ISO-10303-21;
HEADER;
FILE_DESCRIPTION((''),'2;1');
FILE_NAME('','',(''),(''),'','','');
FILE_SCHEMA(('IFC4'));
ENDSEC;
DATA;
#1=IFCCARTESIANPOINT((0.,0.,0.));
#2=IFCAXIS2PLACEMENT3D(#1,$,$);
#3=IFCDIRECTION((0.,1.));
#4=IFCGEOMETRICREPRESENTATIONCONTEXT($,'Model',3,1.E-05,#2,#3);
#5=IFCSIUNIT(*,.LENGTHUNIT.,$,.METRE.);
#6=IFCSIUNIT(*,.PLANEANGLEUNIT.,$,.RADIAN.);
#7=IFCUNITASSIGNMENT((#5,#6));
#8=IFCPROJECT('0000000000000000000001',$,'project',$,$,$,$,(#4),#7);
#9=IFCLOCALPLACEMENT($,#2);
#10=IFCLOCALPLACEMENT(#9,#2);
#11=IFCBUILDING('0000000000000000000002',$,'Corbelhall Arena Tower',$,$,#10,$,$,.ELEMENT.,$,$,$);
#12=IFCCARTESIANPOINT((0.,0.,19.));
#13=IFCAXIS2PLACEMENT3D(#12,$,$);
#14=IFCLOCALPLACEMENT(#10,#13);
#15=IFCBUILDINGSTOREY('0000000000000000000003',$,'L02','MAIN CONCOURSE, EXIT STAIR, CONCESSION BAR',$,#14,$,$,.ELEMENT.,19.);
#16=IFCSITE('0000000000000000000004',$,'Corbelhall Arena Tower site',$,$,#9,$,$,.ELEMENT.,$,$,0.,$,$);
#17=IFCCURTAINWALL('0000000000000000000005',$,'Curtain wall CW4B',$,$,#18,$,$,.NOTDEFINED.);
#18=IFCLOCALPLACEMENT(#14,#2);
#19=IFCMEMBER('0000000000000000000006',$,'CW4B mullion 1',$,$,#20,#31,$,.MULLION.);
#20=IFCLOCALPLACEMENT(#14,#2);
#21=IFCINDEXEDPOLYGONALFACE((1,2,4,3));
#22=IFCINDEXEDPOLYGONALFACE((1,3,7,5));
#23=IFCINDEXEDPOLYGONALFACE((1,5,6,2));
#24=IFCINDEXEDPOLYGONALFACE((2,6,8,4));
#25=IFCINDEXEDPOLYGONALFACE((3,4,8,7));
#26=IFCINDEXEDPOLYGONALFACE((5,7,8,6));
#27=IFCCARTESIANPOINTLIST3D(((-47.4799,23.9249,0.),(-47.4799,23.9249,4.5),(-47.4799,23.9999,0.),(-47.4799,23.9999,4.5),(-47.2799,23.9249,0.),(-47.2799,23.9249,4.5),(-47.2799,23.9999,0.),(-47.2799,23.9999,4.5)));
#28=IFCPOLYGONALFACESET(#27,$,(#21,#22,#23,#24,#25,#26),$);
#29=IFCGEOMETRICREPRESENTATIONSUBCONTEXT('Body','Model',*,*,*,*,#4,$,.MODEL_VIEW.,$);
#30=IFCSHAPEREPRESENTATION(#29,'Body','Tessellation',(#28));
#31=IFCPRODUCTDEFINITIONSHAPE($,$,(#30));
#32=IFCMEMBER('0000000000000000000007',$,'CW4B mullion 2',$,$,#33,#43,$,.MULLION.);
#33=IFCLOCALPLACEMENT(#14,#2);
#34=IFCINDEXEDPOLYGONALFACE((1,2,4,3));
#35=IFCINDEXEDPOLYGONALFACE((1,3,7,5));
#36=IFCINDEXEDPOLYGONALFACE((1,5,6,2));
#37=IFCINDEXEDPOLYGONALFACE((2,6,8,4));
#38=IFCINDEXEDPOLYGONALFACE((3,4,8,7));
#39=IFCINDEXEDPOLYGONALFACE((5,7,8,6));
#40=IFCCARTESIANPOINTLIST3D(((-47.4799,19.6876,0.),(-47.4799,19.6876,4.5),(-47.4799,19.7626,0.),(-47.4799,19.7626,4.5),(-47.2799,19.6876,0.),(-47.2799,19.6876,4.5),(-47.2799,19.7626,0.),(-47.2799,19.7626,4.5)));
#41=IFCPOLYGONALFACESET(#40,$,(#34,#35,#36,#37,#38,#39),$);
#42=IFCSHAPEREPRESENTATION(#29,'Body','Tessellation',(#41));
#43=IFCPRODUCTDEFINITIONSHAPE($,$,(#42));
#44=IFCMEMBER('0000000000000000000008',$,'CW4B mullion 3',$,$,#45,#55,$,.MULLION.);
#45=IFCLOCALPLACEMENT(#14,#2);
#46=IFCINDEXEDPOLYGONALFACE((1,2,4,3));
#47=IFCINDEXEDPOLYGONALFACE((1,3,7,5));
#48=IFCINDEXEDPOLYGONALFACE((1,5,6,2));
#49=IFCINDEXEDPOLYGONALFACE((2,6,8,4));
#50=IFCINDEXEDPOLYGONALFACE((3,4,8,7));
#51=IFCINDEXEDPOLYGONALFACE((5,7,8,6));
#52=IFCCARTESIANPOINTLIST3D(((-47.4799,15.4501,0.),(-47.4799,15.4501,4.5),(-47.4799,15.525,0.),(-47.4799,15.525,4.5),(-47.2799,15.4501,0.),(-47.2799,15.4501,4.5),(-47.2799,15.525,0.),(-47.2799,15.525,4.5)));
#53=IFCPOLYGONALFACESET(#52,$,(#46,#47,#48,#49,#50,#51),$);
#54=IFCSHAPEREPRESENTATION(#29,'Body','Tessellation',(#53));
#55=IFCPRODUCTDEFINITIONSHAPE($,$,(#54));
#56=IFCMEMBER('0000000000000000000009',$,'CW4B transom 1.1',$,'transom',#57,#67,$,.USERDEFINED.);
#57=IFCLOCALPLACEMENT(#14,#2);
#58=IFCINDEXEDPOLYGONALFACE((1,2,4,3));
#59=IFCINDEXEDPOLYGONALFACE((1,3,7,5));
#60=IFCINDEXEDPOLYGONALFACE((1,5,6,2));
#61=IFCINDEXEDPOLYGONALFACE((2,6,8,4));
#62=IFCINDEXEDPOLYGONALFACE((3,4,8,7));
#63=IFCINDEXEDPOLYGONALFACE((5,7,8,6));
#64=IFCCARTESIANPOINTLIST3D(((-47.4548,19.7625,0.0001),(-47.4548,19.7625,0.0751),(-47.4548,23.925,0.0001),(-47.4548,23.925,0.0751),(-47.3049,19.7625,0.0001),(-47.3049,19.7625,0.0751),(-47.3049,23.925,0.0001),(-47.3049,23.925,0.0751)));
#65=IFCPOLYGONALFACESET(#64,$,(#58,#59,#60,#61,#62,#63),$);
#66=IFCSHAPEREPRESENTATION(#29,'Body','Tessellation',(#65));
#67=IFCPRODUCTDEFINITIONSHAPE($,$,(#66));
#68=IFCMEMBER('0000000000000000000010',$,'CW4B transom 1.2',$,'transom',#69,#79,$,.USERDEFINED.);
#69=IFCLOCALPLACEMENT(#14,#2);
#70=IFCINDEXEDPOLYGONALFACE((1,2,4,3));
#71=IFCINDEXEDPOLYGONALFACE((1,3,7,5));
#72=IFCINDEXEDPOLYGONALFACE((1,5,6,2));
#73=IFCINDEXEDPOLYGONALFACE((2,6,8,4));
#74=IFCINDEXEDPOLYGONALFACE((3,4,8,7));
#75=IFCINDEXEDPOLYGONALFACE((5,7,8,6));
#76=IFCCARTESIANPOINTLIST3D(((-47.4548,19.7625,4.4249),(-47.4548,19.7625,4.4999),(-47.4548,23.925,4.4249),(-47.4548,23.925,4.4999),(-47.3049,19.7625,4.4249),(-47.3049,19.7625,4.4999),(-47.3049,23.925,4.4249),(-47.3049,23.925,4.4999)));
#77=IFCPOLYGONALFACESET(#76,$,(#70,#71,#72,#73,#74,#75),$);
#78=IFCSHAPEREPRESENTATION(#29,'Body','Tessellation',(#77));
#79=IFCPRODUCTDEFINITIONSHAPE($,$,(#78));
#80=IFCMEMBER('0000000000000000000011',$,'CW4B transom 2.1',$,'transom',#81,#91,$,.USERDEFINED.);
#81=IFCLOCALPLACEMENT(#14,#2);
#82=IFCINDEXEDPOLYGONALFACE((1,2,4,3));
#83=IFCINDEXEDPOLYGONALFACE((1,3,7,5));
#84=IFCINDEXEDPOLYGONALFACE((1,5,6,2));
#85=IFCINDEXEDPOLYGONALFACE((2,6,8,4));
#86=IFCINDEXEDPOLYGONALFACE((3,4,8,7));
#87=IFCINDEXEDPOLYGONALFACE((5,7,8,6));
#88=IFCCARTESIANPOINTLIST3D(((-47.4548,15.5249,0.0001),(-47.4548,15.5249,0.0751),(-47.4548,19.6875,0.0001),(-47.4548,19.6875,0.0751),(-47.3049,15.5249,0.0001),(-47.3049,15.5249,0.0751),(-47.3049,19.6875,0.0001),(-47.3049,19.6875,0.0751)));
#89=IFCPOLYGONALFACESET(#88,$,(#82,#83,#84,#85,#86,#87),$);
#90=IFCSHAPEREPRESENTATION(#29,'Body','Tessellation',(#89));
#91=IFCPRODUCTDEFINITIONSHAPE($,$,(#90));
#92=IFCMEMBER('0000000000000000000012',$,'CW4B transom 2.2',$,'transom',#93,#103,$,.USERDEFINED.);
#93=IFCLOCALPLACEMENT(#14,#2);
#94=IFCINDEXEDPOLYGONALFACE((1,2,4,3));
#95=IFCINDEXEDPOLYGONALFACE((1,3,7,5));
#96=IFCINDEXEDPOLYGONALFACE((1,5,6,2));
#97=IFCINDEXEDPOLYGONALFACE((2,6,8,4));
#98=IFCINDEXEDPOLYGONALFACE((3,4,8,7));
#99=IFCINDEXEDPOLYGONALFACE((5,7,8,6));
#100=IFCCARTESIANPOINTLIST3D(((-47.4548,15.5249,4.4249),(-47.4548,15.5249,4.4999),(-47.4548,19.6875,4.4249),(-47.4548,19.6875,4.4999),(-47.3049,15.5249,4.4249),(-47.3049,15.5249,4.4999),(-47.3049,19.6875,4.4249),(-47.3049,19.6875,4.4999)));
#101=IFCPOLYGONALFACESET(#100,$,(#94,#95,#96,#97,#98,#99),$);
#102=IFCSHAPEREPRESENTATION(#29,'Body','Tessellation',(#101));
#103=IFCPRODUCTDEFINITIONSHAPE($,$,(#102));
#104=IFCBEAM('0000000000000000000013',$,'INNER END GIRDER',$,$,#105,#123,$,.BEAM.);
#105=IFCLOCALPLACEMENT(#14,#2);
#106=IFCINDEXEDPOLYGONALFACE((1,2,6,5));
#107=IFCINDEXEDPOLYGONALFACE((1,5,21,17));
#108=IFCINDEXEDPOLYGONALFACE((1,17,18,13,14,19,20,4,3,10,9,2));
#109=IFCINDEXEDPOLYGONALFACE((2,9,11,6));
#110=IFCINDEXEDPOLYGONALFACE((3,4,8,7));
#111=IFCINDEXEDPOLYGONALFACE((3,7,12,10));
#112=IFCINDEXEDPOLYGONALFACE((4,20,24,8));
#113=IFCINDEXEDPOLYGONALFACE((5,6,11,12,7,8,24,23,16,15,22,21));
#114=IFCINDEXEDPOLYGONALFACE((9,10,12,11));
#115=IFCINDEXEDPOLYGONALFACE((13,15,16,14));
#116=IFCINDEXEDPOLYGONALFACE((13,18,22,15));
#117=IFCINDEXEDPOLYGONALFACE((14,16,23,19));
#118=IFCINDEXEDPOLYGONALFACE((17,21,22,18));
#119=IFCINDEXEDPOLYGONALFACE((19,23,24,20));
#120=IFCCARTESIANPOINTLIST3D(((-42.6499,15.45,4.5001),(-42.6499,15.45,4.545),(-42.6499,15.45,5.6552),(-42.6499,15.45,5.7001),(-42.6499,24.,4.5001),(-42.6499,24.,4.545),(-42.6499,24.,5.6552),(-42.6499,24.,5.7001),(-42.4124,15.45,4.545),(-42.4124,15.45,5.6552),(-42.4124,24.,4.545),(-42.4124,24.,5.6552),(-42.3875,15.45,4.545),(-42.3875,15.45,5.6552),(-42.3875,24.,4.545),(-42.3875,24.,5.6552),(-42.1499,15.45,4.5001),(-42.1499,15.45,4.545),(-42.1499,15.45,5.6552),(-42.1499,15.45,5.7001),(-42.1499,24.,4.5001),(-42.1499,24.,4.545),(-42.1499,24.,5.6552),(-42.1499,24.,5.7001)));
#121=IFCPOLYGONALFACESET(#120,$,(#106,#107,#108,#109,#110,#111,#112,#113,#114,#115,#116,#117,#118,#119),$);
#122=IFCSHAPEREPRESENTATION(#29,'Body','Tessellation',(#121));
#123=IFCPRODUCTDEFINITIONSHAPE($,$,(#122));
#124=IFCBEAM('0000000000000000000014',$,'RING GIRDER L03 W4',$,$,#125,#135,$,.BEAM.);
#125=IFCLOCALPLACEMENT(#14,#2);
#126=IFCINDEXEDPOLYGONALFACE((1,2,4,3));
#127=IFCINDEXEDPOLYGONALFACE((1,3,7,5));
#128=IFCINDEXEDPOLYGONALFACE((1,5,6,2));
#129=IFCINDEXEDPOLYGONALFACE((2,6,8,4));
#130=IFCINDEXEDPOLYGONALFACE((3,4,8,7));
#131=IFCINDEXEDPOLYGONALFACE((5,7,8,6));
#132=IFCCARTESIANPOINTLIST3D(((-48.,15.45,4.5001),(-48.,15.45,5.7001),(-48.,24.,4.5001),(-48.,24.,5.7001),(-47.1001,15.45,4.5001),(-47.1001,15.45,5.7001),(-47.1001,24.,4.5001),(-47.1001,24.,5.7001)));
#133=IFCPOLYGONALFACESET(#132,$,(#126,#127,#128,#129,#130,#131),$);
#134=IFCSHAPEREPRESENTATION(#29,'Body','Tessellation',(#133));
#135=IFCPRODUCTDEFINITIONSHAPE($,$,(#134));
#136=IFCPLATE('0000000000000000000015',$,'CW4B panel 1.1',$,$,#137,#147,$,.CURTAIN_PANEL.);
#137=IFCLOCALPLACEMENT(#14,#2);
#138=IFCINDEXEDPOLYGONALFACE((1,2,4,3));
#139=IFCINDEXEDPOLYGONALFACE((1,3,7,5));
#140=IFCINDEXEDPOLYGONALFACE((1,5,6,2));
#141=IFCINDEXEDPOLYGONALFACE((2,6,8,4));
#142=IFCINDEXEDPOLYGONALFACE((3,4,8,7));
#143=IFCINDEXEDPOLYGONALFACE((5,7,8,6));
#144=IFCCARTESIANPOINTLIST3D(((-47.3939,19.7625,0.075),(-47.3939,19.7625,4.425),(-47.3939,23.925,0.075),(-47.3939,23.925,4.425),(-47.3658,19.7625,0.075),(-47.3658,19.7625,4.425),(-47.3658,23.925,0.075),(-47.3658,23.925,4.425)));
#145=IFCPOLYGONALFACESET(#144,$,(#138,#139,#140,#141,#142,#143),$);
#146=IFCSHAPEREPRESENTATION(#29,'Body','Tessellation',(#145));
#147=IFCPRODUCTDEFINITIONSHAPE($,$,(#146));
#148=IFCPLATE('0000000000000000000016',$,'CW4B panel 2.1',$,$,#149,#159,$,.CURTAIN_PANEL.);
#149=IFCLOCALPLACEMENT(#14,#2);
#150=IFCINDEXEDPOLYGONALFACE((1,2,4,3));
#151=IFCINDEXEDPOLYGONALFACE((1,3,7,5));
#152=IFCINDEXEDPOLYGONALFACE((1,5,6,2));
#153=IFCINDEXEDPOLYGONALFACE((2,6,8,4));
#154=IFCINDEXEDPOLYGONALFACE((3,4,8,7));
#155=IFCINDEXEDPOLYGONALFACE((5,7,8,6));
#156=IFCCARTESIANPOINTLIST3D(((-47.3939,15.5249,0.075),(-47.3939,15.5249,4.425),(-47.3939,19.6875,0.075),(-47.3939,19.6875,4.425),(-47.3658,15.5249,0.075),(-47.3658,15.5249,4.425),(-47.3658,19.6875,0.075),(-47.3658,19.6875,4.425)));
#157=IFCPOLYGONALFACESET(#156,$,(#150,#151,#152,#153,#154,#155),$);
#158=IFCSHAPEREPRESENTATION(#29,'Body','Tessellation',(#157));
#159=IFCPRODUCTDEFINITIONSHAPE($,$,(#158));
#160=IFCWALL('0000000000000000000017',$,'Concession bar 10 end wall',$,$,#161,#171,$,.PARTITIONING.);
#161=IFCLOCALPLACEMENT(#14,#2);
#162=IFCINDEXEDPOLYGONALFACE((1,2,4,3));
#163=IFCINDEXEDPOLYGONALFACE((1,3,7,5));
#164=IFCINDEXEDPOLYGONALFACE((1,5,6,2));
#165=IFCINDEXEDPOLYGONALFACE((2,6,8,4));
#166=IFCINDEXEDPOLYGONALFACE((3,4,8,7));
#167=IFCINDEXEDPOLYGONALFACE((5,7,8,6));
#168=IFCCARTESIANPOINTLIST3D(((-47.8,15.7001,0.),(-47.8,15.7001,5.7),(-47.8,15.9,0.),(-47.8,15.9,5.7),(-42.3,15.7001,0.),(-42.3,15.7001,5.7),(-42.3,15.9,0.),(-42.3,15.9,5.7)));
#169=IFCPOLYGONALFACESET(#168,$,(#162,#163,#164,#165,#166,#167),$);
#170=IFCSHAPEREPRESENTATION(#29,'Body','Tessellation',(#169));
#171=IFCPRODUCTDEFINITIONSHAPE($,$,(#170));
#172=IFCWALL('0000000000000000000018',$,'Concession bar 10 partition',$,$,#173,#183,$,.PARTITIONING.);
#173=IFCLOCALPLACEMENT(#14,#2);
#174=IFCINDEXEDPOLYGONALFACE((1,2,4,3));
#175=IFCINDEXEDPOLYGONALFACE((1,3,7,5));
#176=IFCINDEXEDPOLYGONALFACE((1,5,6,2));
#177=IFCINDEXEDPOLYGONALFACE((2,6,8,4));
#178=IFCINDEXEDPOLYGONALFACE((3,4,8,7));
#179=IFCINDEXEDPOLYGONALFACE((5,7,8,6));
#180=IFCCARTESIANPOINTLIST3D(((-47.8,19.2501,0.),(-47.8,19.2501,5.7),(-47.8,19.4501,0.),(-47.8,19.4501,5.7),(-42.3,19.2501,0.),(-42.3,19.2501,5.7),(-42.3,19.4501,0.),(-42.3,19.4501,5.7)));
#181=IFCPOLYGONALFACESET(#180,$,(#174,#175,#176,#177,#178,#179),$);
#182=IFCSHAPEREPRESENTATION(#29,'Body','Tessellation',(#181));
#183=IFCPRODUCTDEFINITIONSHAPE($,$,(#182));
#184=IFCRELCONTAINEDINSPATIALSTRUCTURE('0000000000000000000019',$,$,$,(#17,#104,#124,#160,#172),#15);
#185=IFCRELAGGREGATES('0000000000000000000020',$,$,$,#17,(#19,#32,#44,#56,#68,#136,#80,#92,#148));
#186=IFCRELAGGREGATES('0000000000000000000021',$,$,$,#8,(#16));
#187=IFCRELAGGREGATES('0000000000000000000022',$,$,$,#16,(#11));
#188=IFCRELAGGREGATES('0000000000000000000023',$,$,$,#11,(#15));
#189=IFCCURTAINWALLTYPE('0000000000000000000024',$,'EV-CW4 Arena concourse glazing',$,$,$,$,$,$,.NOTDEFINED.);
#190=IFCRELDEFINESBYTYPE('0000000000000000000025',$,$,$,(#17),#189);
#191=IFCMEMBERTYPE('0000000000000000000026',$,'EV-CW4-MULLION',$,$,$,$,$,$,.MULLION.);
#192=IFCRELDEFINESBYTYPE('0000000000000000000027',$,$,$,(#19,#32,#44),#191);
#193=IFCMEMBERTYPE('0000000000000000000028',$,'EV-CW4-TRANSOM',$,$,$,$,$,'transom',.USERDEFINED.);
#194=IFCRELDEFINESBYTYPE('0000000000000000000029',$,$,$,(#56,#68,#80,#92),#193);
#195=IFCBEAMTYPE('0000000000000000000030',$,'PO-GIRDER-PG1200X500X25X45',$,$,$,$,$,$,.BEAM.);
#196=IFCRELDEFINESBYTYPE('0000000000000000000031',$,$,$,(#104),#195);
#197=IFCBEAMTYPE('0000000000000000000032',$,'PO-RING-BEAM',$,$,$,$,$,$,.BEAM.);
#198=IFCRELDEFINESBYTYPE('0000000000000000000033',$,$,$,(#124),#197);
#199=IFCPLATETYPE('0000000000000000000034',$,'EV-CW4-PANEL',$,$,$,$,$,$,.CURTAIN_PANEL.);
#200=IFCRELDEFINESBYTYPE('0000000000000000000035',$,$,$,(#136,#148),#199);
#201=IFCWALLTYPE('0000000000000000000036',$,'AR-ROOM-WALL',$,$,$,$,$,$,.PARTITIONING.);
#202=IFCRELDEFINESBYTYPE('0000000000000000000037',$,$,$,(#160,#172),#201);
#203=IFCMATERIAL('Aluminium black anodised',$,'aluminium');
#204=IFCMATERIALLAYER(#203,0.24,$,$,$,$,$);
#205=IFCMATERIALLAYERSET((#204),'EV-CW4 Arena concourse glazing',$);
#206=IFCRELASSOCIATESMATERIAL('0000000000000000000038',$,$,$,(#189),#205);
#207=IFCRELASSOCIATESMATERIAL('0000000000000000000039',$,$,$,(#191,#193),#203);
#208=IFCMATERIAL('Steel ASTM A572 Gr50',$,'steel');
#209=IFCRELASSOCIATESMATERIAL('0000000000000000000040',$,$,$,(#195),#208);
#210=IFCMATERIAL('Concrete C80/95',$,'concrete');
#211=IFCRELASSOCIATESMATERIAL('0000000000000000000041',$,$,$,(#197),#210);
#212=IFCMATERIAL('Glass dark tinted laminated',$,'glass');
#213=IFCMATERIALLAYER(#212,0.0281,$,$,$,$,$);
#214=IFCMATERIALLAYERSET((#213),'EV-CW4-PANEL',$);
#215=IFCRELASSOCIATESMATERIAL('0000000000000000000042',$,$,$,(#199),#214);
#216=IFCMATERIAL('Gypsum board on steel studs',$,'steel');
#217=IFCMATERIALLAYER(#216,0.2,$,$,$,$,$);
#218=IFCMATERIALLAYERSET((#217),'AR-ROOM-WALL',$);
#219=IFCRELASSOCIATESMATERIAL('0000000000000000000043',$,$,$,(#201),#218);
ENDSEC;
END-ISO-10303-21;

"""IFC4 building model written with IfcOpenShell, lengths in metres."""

from ifc_helpers import new_model, si_unit, direction, frame, frame_2d, origin, origin_2d, place, context, subcontext, project, spatial, rectangle, i_section, extrude, material, layer, layer_set, material_profile, profile_set, type_object, element, aggregate, save


model = new_model("IFC4")

# Units and contexts
model_context = context("Model", 3, precision=1e-05, world=origin(), true_north=direction((0.0, 1.0)))
body_context = subcontext(model_context, "Body", "Model", "MODEL_VIEW")
ifc_project = project(units=[si_unit("LENGTHUNIT", "METRE"), si_unit("PLANEANGLEUNIT", "RADIAN")], contexts=[model_context])

# Site, building, storey
site_placement = place(None, origin())
site = spatial("IfcSite", under=ifc_project, at=site_placement, Name="Corbelhall Arena Tower site", CompositionType="ELEMENT", RefElevation=0.0)
building_placement = place(site_placement, origin())
building = spatial("IfcBuilding", under=site, at=building_placement, Name="Corbelhall Arena Tower", CompositionType="ELEMENT")
storey_placement = place(building_placement, frame((0.0, 0.0, 19.0)))
storey = spatial("IfcBuildingStorey", under=building, at=storey_placement, Name="L02", Description="MAIN CONCOURSE, EXIT STAIR, CONCESSION BAR", CompositionType="ELEMENT", Elevation=19.0)

# Curtain wall, members
ifc_material_1 = material(Name="Aluminium black anodised", Category="aluminium")
ifc_layer_1 = layer(ifc_material_1, 0.24)
ifc_layer_set_1 = layer_set([ifc_layer_1], Name="EV-CW4 Arena concourse glazing")
curtain_wall_type = type_object("IfcCurtainWallType", Name="EV-CW4 Arena concourse glazing", PredefinedType="NOTDEFINED", material=ifc_layer_set_1)
curtain_wall_placement = place(storey_placement, origin())
curtain_wall = element("IfcCurtainWall", 1, at=curtain_wall_placement, inside=storey, type_object=curtain_wall_type, Name="Curtain wall CW4B", PredefinedType="NOTDEFINED")
ifc_material_profile_1 = material_profile(ifc_material_1, rectangle(XDim=0.2, YDim=0.075, at=origin_2d()))
ifc_profile_set_1 = profile_set([ifc_material_profile_1], Name="Aluminium black anodised")
member_type_1 = type_object("IfcMemberType", Name="EV-CW4-MULLION", PredefinedType="MULLION", material=ifc_profile_set_1)
member_1_placement = place(storey_placement, frame((-47.3799, 23.9624, 0.0), z_axis=(0.0, 0.0, 1.0), x_axis=(1.0, 0.0, 0.0)))
member_1 = element("IfcMember", 2, at=member_1_placement, type_object=member_type_1, Name="CW4B mullion 1", PredefinedType="MULLION", context=body_context, shape_type="SweptSolid", body=[
    extrude(rectangle(XDim=0.2, YDim=0.075, at=origin_2d()), origin(), (0.0, 0.0, 1.0), 4.5),
])
member_2_placement = place(storey_placement, frame((-47.3799, 19.7251, 0.0), z_axis=(0.0, 0.0, 1.0), x_axis=(1.0, 0.0, 0.0)))
member_2 = element("IfcMember", 3, at=member_2_placement, type_object=member_type_1, Name="CW4B mullion 2", PredefinedType="MULLION", context=body_context, shape_type="SweptSolid", body=[
    extrude(rectangle(XDim=0.2, YDim=0.075, at=origin_2d()), origin(), (0.0, 0.0, 1.0), 4.5),
])
member_3_placement = place(storey_placement, frame((-47.3799, 15.4875, 0.0), z_axis=(0.0, 0.0, 1.0), x_axis=(1.0, 0.0, 0.0)))
member_3 = element("IfcMember", 4, at=member_3_placement, type_object=member_type_1, Name="CW4B mullion 3", PredefinedType="MULLION", context=body_context, shape_type="SweptSolid", body=[
    extrude(rectangle(XDim=0.2, YDim=0.075, at=origin_2d()), origin(), (0.0, 0.0, 1.0), 4.5),
])
ifc_material_profile_2 = material_profile(ifc_material_1, rectangle(XDim=0.1499, YDim=0.075, at=origin_2d()))
ifc_profile_set_2 = profile_set([ifc_material_profile_2], Name="Aluminium black anodised")
member_type_2 = type_object("IfcMemberType", Name="EV-CW4-TRANSOM", ElementType="transom", PredefinedType="USERDEFINED", material=ifc_profile_set_2)
member_4_placement = place(storey_placement, frame((-47.3799, 23.925, 0.0376), z_axis=(0.0, -1.0, 0.0), x_axis=(1.0, 0.0, 0.0)))
member_4 = element("IfcMember", 5, at=member_4_placement, type_object=member_type_2, Name="CW4B transom 1.1", ObjectType="transom", PredefinedType="USERDEFINED", context=body_context, shape_type="SweptSolid", body=[
    extrude(rectangle(XDim=0.1499, YDim=0.075, at=origin_2d()), origin(), (0.0, 0.0, 1.0), 4.1626),
])
member_5_placement = place(storey_placement, frame((-47.3799, 23.925, 4.4624), z_axis=(0.0, -1.0, 0.0), x_axis=(1.0, 0.0, 0.0)))
member_5 = element("IfcMember", 6, at=member_5_placement, type_object=member_type_2, Name="CW4B transom 1.2", ObjectType="transom", PredefinedType="USERDEFINED", context=body_context, shape_type="SweptSolid", body=[
    extrude(rectangle(XDim=0.1499, YDim=0.075, at=origin_2d()), origin(), (0.0, 0.0, 1.0), 4.1626),
])
member_6_placement = place(storey_placement, frame((-47.3799, 19.6875, 0.0376), z_axis=(0.0, -1.0, 0.0), x_axis=(1.0, 0.0, 0.0)))
member_6 = element("IfcMember", 7, at=member_6_placement, type_object=member_type_2, Name="CW4B transom 2.1", ObjectType="transom", PredefinedType="USERDEFINED", context=body_context, shape_type="SweptSolid", body=[
    extrude(rectangle(XDim=0.1499, YDim=0.075, at=origin_2d()), origin(), (0.0, 0.0, 1.0), 4.1626),
])
member_7_placement = place(storey_placement, frame((-47.3799, 19.6875, 4.4624), z_axis=(0.0, -1.0, 0.0), x_axis=(1.0, 0.0, 0.0)))
member_7 = element("IfcMember", 8, at=member_7_placement, type_object=member_type_2, Name="CW4B transom 2.2", ObjectType="transom", PredefinedType="USERDEFINED", context=body_context, shape_type="SweptSolid", body=[
    extrude(rectangle(XDim=0.1499, YDim=0.075, at=origin_2d()), origin(), (0.0, 0.0, 1.0), 4.1626),
])

# Beams
ifc_material_2 = material(Name="Steel ASTM A572 Gr50", Category="steel")
ifc_material_profile_3 = material_profile(ifc_material_2, i_section(OverallWidth=0.5, OverallDepth=1.2, WebThickness=0.0249, FlangeThickness=0.0449, at=origin_2d()))
ifc_profile_set_3 = profile_set([ifc_material_profile_3], Name="Steel ASTM A572 Gr50")
beam_type_1 = type_object("IfcBeamType", Name="PO-GIRDER-PG1200X500X25X45", PredefinedType="BEAM", material=ifc_profile_set_3)
beam_1_placement = place(storey_placement, frame((-42.3999, 15.45, 5.1001), z_axis=(0.0, 1.0, 0.0), x_axis=(-1.0, 0.0, 0.0)))
element("IfcBeam", 9, at=beam_1_placement, inside=storey, type_object=beam_type_1, Name="INNER END GIRDER", PredefinedType="BEAM", context=body_context, shape_type="SweptSolid", body=[
    extrude(i_section(OverallWidth=0.5, OverallDepth=1.2, WebThickness=0.0249, FlangeThickness=0.0449, at=origin_2d()), origin(), (0.0, 0.0, 1.0), 8.55),
])
ifc_material_3 = material(Name="Concrete C80/95", Category="concrete")
ifc_material_profile_4 = material_profile(ifc_material_3, rectangle(XDim=0.8999, YDim=1.2, at=origin_2d()))
ifc_profile_set_4 = profile_set([ifc_material_profile_4], Name="Concrete C80/95")
beam_type_2 = type_object("IfcBeamType", Name="PO-RING-BEAM", PredefinedType="BEAM", material=ifc_profile_set_4)
beam_2_placement = place(storey_placement, frame((-47.55, 15.45, 5.1001), z_axis=(0.0, 1.0, 0.0), x_axis=(-1.0, 0.0, 0.0)))
element("IfcBeam", 10, at=beam_2_placement, inside=storey, type_object=beam_type_2, Name="RING GIRDER L03 W4", PredefinedType="BEAM", context=body_context, shape_type="SweptSolid", body=[
    extrude(rectangle(XDim=0.8999, YDim=1.2, at=origin_2d()), origin(), (0.0, 0.0, 1.0), 8.55),
])

# Plates
ifc_material_4 = material(Name="Glass dark tinted laminated", Category="glass")
ifc_layer_2 = layer(ifc_material_4, 0.0281)
ifc_layer_set_2 = layer_set([ifc_layer_2], Name="EV-CW4-PANEL")
plate_type = type_object("IfcPlateType", Name="EV-CW4-PANEL", PredefinedType="CURTAIN_PANEL", material=ifc_layer_set_2)
plate_1_placement = place(storey_placement, frame((-47.3799, 21.8438, 0.075), z_axis=(0.0, 0.0, 1.0), x_axis=(0.0, -1.0, 0.0)))
plate_1 = element("IfcPlate", 11, at=plate_1_placement, type_object=plate_type, Name="CW4B panel 1.1", PredefinedType="CURTAIN_PANEL", context=body_context, shape_type="SweptSolid", body=[
    extrude(rectangle(XDim=4.1626, YDim=0.0281, at=origin_2d()), origin(), (0.0, 0.0, 1.0), 4.3501),
])
plate_2_placement = place(storey_placement, frame((-47.3799, 17.6062, 0.075), z_axis=(0.0, 0.0, 1.0), x_axis=(0.0, -1.0, 0.0)))
plate_2 = element("IfcPlate", 12, at=plate_2_placement, type_object=plate_type, Name="CW4B panel 2.1", PredefinedType="CURTAIN_PANEL", context=body_context, shape_type="SweptSolid", body=[
    extrude(rectangle(XDim=4.1626, YDim=0.0281, at=origin_2d()), origin(), (0.0, 0.0, 1.0), 4.3501),
])
aggregate(curtain_wall, [member_1, member_2, member_3, member_4, member_5, plate_1, member_6, member_7, plate_2])

# Walls
ifc_material_5 = material(Name="Gypsum board on steel studs", Category="steel")
ifc_layer_3 = layer(ifc_material_5, 0.2)
ifc_layer_set_3 = layer_set([ifc_layer_3], Name="AR-ROOM-WALL")
wall_type_1 = type_object("IfcWallType", Name="AR-ROOM-WALL", PredefinedType="PARTITIONING", material=ifc_layer_set_3)
for number, where, z_axis, x_axis, name in (
    (13, (-42.3, 15.8, 0.0), (0.0, 0.0, 1.0), (-1.0, 0.0, 0.0), "Concession bar 10 end wall"),
    (14, (-47.8, 19.3501, 0.0), (0.0, 0.0, 1.0), (1.0, 0.0, 0.0), "Concession bar 10 partition"),
):
    element("IfcWall", number, at=place(storey_placement, frame(where, z_axis=z_axis, x_axis=x_axis)), inside=storey, type_object=wall_type_1, Name=name, PredefinedType="PARTITIONING", context=body_context, shape_type="SweptSolid", body=[
        extrude(rectangle(XDim=5.5, YDim=0.2, at=frame_2d((2.75, 0.0))), origin(), (0.0, 0.0, 1.0), 5.7),
    ])

save(model, "model.ifc")
